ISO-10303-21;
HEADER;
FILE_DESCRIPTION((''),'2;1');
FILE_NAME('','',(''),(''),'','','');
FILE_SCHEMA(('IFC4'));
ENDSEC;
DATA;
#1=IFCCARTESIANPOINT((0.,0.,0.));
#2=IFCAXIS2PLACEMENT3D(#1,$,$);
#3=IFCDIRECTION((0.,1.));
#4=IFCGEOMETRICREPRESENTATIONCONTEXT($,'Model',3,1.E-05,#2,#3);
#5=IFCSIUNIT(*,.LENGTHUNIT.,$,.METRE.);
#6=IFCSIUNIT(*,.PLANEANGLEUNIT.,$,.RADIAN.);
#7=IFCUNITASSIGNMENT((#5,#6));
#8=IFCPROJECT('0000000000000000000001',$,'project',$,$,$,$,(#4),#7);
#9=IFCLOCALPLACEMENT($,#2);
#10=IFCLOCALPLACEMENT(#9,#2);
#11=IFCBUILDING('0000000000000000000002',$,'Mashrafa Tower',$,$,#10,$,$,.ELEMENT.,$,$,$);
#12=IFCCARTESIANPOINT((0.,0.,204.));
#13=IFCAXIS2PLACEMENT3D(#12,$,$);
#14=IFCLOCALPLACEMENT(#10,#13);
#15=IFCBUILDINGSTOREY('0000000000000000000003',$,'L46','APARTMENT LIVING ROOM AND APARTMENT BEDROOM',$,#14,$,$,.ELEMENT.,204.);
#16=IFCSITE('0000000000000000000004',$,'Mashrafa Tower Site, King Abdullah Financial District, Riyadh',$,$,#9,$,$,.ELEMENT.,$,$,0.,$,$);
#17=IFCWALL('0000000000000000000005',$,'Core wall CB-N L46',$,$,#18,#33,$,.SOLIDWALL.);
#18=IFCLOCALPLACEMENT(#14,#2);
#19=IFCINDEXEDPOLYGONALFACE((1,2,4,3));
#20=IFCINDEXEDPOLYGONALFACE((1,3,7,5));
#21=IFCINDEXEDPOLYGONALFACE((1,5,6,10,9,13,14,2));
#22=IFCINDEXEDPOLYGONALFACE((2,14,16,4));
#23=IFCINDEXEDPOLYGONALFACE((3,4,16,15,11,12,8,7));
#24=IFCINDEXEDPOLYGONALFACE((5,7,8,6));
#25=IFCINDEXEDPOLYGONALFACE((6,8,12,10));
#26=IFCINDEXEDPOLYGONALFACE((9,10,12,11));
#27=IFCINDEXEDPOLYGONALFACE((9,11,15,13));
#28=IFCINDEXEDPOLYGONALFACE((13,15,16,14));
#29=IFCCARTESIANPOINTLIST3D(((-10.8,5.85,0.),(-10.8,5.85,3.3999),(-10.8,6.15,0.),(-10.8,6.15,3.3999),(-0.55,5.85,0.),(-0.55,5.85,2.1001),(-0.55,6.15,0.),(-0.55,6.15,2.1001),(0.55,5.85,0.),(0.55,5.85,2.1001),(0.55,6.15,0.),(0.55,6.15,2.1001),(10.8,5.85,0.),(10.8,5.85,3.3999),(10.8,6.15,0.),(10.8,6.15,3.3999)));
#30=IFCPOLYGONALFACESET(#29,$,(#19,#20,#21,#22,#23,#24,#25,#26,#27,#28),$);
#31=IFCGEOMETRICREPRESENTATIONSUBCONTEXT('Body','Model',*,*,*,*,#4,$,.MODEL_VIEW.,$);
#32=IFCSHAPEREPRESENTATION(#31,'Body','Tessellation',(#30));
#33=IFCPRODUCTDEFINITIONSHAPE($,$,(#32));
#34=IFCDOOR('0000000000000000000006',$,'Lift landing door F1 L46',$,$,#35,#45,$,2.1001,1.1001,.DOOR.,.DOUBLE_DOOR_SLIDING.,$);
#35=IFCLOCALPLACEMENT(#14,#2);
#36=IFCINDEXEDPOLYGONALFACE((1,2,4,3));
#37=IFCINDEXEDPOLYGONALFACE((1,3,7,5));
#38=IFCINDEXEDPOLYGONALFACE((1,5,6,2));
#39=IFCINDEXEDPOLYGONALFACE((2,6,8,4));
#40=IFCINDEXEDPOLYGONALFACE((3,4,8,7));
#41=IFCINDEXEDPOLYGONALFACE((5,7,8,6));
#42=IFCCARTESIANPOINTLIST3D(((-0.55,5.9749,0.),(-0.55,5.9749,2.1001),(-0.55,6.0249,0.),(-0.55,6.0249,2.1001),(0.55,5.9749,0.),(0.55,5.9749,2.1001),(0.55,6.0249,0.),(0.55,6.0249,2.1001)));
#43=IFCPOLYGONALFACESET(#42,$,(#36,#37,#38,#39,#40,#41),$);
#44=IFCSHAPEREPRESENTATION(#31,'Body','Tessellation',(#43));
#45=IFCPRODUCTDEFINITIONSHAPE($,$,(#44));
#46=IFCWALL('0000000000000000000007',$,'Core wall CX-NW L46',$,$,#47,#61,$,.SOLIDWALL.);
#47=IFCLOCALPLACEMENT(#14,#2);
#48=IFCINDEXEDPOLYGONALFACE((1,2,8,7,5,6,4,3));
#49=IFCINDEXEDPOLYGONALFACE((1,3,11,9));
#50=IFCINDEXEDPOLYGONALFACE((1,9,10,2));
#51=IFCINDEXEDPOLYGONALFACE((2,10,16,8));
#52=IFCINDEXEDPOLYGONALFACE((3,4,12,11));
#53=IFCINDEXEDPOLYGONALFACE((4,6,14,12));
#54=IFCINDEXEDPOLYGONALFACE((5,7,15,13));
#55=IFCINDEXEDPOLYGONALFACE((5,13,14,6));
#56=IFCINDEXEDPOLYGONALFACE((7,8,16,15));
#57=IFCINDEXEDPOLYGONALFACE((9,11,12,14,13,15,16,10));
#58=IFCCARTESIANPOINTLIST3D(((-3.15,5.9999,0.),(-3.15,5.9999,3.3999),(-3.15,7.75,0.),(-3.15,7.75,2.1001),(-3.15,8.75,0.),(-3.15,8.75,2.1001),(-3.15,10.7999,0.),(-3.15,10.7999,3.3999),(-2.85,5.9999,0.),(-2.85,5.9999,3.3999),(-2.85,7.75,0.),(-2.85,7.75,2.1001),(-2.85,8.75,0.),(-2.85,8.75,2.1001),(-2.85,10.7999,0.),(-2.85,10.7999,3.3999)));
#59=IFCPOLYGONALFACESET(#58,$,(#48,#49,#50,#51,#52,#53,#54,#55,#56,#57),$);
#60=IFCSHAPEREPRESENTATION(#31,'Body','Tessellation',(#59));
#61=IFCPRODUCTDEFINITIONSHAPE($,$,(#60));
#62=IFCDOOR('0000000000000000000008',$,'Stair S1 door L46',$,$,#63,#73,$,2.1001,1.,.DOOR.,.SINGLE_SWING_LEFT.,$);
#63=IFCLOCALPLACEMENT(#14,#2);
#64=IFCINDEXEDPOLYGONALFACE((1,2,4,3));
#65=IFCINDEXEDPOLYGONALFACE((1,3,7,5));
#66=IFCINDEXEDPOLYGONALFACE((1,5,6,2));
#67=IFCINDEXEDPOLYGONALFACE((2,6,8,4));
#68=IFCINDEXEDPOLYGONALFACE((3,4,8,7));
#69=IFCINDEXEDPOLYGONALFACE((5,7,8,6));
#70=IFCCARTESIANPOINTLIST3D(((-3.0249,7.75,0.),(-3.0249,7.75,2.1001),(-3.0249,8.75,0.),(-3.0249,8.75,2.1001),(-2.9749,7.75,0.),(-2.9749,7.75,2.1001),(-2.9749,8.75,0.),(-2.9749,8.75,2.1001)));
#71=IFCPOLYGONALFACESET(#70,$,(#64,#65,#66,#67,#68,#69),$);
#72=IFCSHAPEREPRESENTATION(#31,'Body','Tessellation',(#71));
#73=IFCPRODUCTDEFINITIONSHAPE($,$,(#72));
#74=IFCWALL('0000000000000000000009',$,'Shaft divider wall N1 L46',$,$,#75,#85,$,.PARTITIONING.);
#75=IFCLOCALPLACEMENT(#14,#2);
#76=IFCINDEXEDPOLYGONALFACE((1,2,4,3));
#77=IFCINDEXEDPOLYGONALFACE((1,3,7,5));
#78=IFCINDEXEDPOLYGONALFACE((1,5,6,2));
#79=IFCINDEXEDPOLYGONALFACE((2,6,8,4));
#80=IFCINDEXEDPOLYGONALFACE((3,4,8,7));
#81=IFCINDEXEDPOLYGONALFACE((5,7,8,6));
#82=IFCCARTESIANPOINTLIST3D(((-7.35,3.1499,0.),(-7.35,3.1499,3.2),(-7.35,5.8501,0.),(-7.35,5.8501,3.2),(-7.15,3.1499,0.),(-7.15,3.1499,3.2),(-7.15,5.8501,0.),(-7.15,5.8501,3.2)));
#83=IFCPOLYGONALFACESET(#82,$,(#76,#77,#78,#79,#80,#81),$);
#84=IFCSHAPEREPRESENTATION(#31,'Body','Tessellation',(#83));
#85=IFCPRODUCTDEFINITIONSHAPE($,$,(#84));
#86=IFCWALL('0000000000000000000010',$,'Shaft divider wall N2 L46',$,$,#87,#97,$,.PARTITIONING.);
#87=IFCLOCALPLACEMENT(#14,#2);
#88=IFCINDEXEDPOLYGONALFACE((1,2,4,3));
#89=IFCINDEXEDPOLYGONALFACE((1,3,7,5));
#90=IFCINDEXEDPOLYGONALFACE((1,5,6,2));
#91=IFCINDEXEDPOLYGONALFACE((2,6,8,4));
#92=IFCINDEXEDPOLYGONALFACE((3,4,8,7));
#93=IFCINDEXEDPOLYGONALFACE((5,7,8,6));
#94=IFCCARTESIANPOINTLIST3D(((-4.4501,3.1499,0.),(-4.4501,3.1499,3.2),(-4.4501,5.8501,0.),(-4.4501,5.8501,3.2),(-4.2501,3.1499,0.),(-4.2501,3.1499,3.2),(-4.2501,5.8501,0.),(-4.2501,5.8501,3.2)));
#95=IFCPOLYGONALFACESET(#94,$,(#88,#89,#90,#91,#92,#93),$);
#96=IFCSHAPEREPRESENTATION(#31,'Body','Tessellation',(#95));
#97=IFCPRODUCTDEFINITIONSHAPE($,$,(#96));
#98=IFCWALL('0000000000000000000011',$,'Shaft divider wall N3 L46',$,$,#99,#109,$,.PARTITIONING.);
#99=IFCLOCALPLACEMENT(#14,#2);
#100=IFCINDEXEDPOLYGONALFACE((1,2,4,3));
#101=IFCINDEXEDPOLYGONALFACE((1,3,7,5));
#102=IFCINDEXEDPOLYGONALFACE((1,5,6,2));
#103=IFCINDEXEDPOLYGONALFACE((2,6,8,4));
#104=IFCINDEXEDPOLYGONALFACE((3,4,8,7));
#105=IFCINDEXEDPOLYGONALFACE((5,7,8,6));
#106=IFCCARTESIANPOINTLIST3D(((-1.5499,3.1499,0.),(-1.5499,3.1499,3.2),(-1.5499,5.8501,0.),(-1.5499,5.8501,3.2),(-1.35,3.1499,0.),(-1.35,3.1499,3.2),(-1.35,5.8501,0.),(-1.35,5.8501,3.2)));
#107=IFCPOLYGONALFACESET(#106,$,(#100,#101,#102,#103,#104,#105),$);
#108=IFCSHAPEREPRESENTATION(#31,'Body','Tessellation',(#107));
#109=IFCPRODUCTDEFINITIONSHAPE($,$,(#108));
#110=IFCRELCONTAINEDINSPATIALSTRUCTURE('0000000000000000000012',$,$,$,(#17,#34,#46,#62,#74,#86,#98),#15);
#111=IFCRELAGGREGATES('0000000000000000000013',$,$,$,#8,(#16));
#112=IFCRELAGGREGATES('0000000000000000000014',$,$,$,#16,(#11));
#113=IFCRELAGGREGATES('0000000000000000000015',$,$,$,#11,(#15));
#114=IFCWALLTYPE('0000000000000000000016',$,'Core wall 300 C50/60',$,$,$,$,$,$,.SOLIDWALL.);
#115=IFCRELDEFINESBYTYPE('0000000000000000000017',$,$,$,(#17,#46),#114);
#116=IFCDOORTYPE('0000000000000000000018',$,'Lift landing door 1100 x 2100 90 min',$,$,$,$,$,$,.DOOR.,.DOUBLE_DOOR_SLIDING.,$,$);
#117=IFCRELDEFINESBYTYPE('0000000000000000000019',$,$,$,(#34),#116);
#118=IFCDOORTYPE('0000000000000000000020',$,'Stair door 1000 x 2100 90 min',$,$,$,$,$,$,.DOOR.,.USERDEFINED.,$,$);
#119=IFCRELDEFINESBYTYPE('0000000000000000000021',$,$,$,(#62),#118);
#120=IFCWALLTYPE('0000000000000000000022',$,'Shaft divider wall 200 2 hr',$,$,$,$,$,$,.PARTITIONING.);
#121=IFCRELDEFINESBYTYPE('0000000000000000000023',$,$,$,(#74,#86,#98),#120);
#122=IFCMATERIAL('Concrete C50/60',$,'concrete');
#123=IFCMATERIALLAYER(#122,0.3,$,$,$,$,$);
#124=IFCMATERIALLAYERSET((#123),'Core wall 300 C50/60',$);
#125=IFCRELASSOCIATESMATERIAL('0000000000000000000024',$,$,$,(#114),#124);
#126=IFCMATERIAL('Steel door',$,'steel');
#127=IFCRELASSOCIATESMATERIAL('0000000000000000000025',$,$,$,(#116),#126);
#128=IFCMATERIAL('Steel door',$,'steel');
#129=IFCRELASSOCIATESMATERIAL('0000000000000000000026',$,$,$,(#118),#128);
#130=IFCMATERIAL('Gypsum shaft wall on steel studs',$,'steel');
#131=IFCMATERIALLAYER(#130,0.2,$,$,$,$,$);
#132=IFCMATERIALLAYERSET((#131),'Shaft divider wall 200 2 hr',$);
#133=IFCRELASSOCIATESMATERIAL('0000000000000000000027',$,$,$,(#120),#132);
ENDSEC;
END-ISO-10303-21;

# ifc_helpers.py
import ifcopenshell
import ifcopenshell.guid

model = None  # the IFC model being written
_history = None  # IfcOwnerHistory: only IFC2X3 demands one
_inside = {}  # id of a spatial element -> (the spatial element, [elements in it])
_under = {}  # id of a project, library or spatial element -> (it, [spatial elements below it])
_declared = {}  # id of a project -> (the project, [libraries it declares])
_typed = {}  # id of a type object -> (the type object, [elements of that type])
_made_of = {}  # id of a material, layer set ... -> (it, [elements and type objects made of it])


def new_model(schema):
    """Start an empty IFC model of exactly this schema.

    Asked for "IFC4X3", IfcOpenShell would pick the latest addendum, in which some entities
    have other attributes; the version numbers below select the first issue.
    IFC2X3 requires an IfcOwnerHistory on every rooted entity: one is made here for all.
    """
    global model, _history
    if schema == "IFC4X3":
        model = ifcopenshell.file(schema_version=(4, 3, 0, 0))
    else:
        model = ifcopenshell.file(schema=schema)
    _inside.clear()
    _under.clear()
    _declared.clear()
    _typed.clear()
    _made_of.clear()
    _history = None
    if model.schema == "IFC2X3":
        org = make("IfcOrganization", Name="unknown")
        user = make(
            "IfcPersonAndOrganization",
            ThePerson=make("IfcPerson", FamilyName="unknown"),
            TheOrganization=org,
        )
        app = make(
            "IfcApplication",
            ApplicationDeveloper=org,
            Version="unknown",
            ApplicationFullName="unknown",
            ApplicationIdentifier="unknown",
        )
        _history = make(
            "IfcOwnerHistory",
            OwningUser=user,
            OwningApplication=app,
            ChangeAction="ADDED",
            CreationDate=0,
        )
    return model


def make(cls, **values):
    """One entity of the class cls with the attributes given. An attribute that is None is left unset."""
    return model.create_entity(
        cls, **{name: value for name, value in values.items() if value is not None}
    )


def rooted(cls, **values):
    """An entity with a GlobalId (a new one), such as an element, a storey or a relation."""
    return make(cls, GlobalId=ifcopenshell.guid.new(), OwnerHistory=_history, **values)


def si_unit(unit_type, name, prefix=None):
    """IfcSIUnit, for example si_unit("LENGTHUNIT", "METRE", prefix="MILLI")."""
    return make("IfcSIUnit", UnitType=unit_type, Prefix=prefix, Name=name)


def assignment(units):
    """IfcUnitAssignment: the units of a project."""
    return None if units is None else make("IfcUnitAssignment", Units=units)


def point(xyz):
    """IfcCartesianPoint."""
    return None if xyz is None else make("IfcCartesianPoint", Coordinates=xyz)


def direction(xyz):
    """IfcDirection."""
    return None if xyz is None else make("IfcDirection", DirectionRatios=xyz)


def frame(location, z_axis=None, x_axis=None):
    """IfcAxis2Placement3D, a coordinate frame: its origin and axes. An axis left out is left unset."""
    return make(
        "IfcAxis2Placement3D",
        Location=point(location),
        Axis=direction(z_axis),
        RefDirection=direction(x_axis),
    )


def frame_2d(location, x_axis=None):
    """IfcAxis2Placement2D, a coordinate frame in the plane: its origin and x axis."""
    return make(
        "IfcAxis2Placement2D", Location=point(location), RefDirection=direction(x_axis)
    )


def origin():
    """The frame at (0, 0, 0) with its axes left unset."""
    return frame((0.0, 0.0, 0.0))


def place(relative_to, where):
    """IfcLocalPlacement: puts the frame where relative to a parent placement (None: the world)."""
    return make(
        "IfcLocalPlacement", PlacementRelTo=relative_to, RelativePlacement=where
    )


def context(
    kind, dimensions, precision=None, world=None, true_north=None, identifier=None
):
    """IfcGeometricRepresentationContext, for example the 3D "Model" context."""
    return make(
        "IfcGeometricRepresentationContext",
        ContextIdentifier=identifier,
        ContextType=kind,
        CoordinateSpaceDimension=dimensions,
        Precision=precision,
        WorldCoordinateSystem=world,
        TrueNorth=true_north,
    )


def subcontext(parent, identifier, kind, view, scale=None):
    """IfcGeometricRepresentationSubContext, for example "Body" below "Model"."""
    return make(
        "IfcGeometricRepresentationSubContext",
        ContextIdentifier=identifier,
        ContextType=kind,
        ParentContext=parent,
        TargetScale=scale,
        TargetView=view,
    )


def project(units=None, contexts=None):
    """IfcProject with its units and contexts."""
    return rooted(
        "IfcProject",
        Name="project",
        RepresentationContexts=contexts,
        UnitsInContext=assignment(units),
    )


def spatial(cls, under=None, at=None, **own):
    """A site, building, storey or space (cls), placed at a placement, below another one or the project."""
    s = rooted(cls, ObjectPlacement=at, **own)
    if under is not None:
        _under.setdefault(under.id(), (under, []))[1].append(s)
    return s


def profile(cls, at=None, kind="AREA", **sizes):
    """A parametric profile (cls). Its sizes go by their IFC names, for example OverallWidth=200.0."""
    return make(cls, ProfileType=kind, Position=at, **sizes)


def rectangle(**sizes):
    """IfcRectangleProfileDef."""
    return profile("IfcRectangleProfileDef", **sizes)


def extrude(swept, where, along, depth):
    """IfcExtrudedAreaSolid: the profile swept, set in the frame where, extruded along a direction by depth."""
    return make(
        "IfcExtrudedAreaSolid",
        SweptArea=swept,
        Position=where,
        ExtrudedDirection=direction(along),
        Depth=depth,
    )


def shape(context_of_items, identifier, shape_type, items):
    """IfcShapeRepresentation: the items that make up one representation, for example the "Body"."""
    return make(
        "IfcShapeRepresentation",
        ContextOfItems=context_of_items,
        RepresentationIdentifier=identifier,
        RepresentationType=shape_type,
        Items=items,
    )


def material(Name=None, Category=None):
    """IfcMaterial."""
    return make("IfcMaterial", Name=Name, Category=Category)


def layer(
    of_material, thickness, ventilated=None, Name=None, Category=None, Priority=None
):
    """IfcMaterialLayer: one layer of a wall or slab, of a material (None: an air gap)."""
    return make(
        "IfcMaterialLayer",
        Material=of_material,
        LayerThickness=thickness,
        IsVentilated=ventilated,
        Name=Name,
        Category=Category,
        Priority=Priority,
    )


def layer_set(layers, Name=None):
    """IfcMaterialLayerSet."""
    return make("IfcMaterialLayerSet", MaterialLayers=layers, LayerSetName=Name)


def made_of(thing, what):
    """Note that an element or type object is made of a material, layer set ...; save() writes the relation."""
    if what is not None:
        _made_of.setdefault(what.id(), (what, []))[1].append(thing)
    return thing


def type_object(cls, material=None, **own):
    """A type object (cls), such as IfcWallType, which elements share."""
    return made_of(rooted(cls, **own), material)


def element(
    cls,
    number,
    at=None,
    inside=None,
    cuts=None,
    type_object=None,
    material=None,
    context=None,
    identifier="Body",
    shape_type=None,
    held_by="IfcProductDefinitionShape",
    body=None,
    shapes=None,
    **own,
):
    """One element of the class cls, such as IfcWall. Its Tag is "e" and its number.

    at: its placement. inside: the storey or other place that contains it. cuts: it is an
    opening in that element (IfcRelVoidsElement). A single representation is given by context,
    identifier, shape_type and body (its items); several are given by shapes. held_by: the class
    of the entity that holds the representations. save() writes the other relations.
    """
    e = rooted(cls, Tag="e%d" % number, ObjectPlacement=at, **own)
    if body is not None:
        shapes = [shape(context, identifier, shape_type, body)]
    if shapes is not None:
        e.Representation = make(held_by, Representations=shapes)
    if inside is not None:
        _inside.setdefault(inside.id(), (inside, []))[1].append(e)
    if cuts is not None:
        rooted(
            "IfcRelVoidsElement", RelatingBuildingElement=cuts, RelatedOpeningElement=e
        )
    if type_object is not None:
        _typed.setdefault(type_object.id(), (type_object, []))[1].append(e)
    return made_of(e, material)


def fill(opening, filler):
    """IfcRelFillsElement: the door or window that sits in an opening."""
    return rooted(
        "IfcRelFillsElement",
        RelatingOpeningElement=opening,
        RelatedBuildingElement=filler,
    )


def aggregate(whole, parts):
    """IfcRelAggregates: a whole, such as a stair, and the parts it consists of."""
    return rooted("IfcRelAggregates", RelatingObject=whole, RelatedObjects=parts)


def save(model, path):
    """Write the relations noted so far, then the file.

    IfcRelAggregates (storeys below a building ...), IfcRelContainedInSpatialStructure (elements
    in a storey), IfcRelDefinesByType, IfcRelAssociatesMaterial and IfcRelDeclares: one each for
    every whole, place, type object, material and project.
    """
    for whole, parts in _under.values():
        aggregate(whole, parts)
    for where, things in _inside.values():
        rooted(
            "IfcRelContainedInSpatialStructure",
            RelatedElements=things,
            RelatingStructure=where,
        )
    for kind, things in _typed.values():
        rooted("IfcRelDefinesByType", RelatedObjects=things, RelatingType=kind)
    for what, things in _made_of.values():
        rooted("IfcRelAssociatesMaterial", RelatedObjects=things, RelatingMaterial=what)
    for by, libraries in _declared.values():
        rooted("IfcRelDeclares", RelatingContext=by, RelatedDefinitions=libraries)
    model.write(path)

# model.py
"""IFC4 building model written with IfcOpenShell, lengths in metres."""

from ifc_helpers import new_model, si_unit, direction, frame, frame_2d, origin, place, context, subcontext, project, spatial, rectangle, extrude, material, layer, layer_set, type_object, element, fill, save


model = new_model("IFC4")

# Units and contexts
model_context = context("Model", 3, precision=1e-05, world=origin(), true_north=direction((0.0, 1.0)))
body_context = subcontext(model_context, "Body", "Model", "MODEL_VIEW")
ifc_project = project(units=[si_unit("LENGTHUNIT", "METRE"), si_unit("PLANEANGLEUNIT", "RADIAN")], contexts=[model_context])

# Site, building, storey
site_placement = place(None, origin())
site = spatial("IfcSite", under=ifc_project, at=site_placement, Name="Mashrafa Tower Site, King Abdullah Financial District, Riyadh", CompositionType="ELEMENT", RefElevation=0.0)
building_placement = place(site_placement, origin())
building = spatial("IfcBuilding", under=site, at=building_placement, Name="Mashrafa Tower", CompositionType="ELEMENT")
storey_placement = place(building_placement, frame((0.0, 0.0, 204.0)))
storey = spatial("IfcBuildingStorey", under=building, at=storey_placement, Name="L46", Description="APARTMENT LIVING ROOM AND APARTMENT BEDROOM", CompositionType="ELEMENT", Elevation=204.0)

# Shared definitions
ifc_material_1 = material(Name="Concrete C50/60", Category="concrete")
ifc_layer_1 = layer(ifc_material_1, 0.3)
ifc_layer_set_1 = layer_set([ifc_layer_1], Name="Core wall 300 C50/60")
wall_type_1 = type_object("IfcWallType", Name="Core wall 300 C50/60", PredefinedType="SOLIDWALL", material=ifc_layer_set_1)

# Walls, openings, doors
wall_1_placement = place(storey_placement, frame((-10.8, 6.0, 0.0), z_axis=(0.0, 0.0, 1.0), x_axis=(1.0, 0.0, 0.0)))
wall_1 = element("IfcWall", 1, at=wall_1_placement, inside=storey, type_object=wall_type_1, Name="Core wall CB-N L46", PredefinedType="SOLIDWALL", context=body_context, shape_type="SweptSolid", body=[
    extrude(rectangle(XDim=21.6001, YDim=0.3, at=frame_2d((10.8, 0.0))), origin(), (0.0, 0.0, 1.0), 3.3999),
])
opening_1_placement = place(wall_1_placement, frame((10.25, 0.0, 0.0)))
opening_1 = element("IfcOpeningElement", 2, at=opening_1_placement, cuts=wall_1, PredefinedType="OPENING", context=body_context, shape_type="SweptSolid", body=[
    extrude(rectangle(XDim=1.1001, YDim=2.1001, at=frame_2d((0.55, 1.05))), frame((0.0, 0.1599, 0.0), z_axis=(0.0, -1.0, 0.0), x_axis=(1.0, 0.0, 0.0)), (0.0, 0.0, 1.0), 0.3201),
])
ifc_material_2 = material(Name="Steel door", Category="steel")
door_type_1 = type_object("IfcDoorType", Name="Lift landing door 1100 x 2100 90 min", OperationType="DOUBLE_DOOR_SLIDING", PredefinedType="DOOR", material=ifc_material_2)
door_1_placement = place(opening_1_placement, origin())
door_1 = element("IfcDoor", 3, at=door_1_placement, inside=storey, type_object=door_type_1, Name="Lift landing door F1 L46", OperationType="DOUBLE_DOOR_SLIDING", OverallHeight=2.1001, OverallWidth=1.1001, PredefinedType="DOOR", context=body_context, shape_type="SweptSolid", body=[
    extrude(rectangle(XDim=1.1001, YDim=2.1001, at=frame_2d((0.55, 1.05))), frame((0.0, 0.0249, 0.0), z_axis=(0.0, -1.0, 0.0), x_axis=(1.0, 0.0, 0.0)), (0.0, 0.0, 1.0), 0.05),
])
fill(opening_1, door_1)
wall_2_placement = place(storey_placement, frame((-3.0, 6.0, 0.0), z_axis=(0.0, 0.0, 1.0), x_axis=(0.0, 1.0, 0.0)))
wall_2 = element("IfcWall", 4, at=wall_2_placement, inside=storey, type_object=wall_type_1, Name="Core wall CX-NW L46", PredefinedType="SOLIDWALL", context=body_context, shape_type="SweptSolid", body=[
    extrude(rectangle(XDim=4.8, YDim=0.3, at=frame_2d((2.3999, 0.0))), origin(), (0.0, 0.0, 1.0), 3.3999),
])
opening_2_placement = place(wall_2_placement, frame((1.75, 0.0, 0.0)))
opening_2 = element("IfcOpeningElement", 5, at=opening_2_placement, cuts=wall_2, PredefinedType="OPENING", context=body_context, shape_type="SweptSolid", body=[
    extrude(rectangle(XDim=1.0, YDim=2.1001, at=frame_2d((0.5, 1.05))), frame((0.0, 0.1599, 0.0), z_axis=(0.0, -1.0, 0.0), x_axis=(1.0, 0.0, 0.0)), (0.0, 0.0, 1.0), 0.3201),
])
ifc_material_3 = material(Name="Steel door", Category="steel")
door_type_2 = type_object("IfcDoorType", Name="Stair door 1000 x 2100 90 min", OperationType="USERDEFINED", PredefinedType="DOOR", material=ifc_material_3)
door_2_placement = place(opening_2_placement, origin())
door_2 = element("IfcDoor", 6, at=door_2_placement, inside=storey, type_object=door_type_2, Name="Stair S1 door L46", OperationType="SINGLE_SWING_LEFT", OverallHeight=2.1001, OverallWidth=1.0, PredefinedType="DOOR", context=body_context, shape_type="SweptSolid", body=[
    extrude(rectangle(XDim=1.0, YDim=2.1001, at=frame_2d((0.5, 1.05))), frame((0.0, 0.0249, 0.0), z_axis=(0.0, -1.0, 0.0), x_axis=(1.0, 0.0, 0.0)), (0.0, 0.0, 1.0), 0.05),
])
fill(opening_2, door_2)

# Walls
ifc_material_4 = material(Name="Gypsum shaft wall on steel studs", Category="steel")
ifc_layer_2 = layer(ifc_material_4, 0.2)
ifc_layer_set_2 = layer_set([ifc_layer_2], Name="Shaft divider wall 200 2 hr")
wall_type_2 = type_object("IfcWallType", Name="Shaft divider wall 200 2 hr", PredefinedType="PARTITIONING", material=ifc_layer_set_2)
for number, where, z_axis, x_axis, name in (
    (7, (-7.25, 3.1499, 0.0), (0.0, 0.0, 1.0), (0.0, 1.0, 0.0), "Shaft divider wall N1 L46"),
    (8, (-4.3501, 3.1499, 0.0), (0.0, 0.0, 1.0), (0.0, 1.0, 0.0), "Shaft divider wall N2 L46"),
    (9, (-1.45, 3.1499, 0.0), (0.0, 0.0, 1.0), (0.0, 1.0, 0.0), "Shaft divider wall N3 L46"),
):
    element("IfcWall", number, at=place(storey_placement, frame(where, z_axis=z_axis, x_axis=x_axis)), inside=storey, type_object=wall_type_2, Name=name, PredefinedType="PARTITIONING", context=body_context, shape_type="SweptSolid", body=[
        extrude(rectangle(XDim=2.7002, YDim=0.2, at=frame_2d((1.3501, 0.0))), origin(), (0.0, 0.0, 1.0), 3.2),
    ])

save(model, "model.ifc")
